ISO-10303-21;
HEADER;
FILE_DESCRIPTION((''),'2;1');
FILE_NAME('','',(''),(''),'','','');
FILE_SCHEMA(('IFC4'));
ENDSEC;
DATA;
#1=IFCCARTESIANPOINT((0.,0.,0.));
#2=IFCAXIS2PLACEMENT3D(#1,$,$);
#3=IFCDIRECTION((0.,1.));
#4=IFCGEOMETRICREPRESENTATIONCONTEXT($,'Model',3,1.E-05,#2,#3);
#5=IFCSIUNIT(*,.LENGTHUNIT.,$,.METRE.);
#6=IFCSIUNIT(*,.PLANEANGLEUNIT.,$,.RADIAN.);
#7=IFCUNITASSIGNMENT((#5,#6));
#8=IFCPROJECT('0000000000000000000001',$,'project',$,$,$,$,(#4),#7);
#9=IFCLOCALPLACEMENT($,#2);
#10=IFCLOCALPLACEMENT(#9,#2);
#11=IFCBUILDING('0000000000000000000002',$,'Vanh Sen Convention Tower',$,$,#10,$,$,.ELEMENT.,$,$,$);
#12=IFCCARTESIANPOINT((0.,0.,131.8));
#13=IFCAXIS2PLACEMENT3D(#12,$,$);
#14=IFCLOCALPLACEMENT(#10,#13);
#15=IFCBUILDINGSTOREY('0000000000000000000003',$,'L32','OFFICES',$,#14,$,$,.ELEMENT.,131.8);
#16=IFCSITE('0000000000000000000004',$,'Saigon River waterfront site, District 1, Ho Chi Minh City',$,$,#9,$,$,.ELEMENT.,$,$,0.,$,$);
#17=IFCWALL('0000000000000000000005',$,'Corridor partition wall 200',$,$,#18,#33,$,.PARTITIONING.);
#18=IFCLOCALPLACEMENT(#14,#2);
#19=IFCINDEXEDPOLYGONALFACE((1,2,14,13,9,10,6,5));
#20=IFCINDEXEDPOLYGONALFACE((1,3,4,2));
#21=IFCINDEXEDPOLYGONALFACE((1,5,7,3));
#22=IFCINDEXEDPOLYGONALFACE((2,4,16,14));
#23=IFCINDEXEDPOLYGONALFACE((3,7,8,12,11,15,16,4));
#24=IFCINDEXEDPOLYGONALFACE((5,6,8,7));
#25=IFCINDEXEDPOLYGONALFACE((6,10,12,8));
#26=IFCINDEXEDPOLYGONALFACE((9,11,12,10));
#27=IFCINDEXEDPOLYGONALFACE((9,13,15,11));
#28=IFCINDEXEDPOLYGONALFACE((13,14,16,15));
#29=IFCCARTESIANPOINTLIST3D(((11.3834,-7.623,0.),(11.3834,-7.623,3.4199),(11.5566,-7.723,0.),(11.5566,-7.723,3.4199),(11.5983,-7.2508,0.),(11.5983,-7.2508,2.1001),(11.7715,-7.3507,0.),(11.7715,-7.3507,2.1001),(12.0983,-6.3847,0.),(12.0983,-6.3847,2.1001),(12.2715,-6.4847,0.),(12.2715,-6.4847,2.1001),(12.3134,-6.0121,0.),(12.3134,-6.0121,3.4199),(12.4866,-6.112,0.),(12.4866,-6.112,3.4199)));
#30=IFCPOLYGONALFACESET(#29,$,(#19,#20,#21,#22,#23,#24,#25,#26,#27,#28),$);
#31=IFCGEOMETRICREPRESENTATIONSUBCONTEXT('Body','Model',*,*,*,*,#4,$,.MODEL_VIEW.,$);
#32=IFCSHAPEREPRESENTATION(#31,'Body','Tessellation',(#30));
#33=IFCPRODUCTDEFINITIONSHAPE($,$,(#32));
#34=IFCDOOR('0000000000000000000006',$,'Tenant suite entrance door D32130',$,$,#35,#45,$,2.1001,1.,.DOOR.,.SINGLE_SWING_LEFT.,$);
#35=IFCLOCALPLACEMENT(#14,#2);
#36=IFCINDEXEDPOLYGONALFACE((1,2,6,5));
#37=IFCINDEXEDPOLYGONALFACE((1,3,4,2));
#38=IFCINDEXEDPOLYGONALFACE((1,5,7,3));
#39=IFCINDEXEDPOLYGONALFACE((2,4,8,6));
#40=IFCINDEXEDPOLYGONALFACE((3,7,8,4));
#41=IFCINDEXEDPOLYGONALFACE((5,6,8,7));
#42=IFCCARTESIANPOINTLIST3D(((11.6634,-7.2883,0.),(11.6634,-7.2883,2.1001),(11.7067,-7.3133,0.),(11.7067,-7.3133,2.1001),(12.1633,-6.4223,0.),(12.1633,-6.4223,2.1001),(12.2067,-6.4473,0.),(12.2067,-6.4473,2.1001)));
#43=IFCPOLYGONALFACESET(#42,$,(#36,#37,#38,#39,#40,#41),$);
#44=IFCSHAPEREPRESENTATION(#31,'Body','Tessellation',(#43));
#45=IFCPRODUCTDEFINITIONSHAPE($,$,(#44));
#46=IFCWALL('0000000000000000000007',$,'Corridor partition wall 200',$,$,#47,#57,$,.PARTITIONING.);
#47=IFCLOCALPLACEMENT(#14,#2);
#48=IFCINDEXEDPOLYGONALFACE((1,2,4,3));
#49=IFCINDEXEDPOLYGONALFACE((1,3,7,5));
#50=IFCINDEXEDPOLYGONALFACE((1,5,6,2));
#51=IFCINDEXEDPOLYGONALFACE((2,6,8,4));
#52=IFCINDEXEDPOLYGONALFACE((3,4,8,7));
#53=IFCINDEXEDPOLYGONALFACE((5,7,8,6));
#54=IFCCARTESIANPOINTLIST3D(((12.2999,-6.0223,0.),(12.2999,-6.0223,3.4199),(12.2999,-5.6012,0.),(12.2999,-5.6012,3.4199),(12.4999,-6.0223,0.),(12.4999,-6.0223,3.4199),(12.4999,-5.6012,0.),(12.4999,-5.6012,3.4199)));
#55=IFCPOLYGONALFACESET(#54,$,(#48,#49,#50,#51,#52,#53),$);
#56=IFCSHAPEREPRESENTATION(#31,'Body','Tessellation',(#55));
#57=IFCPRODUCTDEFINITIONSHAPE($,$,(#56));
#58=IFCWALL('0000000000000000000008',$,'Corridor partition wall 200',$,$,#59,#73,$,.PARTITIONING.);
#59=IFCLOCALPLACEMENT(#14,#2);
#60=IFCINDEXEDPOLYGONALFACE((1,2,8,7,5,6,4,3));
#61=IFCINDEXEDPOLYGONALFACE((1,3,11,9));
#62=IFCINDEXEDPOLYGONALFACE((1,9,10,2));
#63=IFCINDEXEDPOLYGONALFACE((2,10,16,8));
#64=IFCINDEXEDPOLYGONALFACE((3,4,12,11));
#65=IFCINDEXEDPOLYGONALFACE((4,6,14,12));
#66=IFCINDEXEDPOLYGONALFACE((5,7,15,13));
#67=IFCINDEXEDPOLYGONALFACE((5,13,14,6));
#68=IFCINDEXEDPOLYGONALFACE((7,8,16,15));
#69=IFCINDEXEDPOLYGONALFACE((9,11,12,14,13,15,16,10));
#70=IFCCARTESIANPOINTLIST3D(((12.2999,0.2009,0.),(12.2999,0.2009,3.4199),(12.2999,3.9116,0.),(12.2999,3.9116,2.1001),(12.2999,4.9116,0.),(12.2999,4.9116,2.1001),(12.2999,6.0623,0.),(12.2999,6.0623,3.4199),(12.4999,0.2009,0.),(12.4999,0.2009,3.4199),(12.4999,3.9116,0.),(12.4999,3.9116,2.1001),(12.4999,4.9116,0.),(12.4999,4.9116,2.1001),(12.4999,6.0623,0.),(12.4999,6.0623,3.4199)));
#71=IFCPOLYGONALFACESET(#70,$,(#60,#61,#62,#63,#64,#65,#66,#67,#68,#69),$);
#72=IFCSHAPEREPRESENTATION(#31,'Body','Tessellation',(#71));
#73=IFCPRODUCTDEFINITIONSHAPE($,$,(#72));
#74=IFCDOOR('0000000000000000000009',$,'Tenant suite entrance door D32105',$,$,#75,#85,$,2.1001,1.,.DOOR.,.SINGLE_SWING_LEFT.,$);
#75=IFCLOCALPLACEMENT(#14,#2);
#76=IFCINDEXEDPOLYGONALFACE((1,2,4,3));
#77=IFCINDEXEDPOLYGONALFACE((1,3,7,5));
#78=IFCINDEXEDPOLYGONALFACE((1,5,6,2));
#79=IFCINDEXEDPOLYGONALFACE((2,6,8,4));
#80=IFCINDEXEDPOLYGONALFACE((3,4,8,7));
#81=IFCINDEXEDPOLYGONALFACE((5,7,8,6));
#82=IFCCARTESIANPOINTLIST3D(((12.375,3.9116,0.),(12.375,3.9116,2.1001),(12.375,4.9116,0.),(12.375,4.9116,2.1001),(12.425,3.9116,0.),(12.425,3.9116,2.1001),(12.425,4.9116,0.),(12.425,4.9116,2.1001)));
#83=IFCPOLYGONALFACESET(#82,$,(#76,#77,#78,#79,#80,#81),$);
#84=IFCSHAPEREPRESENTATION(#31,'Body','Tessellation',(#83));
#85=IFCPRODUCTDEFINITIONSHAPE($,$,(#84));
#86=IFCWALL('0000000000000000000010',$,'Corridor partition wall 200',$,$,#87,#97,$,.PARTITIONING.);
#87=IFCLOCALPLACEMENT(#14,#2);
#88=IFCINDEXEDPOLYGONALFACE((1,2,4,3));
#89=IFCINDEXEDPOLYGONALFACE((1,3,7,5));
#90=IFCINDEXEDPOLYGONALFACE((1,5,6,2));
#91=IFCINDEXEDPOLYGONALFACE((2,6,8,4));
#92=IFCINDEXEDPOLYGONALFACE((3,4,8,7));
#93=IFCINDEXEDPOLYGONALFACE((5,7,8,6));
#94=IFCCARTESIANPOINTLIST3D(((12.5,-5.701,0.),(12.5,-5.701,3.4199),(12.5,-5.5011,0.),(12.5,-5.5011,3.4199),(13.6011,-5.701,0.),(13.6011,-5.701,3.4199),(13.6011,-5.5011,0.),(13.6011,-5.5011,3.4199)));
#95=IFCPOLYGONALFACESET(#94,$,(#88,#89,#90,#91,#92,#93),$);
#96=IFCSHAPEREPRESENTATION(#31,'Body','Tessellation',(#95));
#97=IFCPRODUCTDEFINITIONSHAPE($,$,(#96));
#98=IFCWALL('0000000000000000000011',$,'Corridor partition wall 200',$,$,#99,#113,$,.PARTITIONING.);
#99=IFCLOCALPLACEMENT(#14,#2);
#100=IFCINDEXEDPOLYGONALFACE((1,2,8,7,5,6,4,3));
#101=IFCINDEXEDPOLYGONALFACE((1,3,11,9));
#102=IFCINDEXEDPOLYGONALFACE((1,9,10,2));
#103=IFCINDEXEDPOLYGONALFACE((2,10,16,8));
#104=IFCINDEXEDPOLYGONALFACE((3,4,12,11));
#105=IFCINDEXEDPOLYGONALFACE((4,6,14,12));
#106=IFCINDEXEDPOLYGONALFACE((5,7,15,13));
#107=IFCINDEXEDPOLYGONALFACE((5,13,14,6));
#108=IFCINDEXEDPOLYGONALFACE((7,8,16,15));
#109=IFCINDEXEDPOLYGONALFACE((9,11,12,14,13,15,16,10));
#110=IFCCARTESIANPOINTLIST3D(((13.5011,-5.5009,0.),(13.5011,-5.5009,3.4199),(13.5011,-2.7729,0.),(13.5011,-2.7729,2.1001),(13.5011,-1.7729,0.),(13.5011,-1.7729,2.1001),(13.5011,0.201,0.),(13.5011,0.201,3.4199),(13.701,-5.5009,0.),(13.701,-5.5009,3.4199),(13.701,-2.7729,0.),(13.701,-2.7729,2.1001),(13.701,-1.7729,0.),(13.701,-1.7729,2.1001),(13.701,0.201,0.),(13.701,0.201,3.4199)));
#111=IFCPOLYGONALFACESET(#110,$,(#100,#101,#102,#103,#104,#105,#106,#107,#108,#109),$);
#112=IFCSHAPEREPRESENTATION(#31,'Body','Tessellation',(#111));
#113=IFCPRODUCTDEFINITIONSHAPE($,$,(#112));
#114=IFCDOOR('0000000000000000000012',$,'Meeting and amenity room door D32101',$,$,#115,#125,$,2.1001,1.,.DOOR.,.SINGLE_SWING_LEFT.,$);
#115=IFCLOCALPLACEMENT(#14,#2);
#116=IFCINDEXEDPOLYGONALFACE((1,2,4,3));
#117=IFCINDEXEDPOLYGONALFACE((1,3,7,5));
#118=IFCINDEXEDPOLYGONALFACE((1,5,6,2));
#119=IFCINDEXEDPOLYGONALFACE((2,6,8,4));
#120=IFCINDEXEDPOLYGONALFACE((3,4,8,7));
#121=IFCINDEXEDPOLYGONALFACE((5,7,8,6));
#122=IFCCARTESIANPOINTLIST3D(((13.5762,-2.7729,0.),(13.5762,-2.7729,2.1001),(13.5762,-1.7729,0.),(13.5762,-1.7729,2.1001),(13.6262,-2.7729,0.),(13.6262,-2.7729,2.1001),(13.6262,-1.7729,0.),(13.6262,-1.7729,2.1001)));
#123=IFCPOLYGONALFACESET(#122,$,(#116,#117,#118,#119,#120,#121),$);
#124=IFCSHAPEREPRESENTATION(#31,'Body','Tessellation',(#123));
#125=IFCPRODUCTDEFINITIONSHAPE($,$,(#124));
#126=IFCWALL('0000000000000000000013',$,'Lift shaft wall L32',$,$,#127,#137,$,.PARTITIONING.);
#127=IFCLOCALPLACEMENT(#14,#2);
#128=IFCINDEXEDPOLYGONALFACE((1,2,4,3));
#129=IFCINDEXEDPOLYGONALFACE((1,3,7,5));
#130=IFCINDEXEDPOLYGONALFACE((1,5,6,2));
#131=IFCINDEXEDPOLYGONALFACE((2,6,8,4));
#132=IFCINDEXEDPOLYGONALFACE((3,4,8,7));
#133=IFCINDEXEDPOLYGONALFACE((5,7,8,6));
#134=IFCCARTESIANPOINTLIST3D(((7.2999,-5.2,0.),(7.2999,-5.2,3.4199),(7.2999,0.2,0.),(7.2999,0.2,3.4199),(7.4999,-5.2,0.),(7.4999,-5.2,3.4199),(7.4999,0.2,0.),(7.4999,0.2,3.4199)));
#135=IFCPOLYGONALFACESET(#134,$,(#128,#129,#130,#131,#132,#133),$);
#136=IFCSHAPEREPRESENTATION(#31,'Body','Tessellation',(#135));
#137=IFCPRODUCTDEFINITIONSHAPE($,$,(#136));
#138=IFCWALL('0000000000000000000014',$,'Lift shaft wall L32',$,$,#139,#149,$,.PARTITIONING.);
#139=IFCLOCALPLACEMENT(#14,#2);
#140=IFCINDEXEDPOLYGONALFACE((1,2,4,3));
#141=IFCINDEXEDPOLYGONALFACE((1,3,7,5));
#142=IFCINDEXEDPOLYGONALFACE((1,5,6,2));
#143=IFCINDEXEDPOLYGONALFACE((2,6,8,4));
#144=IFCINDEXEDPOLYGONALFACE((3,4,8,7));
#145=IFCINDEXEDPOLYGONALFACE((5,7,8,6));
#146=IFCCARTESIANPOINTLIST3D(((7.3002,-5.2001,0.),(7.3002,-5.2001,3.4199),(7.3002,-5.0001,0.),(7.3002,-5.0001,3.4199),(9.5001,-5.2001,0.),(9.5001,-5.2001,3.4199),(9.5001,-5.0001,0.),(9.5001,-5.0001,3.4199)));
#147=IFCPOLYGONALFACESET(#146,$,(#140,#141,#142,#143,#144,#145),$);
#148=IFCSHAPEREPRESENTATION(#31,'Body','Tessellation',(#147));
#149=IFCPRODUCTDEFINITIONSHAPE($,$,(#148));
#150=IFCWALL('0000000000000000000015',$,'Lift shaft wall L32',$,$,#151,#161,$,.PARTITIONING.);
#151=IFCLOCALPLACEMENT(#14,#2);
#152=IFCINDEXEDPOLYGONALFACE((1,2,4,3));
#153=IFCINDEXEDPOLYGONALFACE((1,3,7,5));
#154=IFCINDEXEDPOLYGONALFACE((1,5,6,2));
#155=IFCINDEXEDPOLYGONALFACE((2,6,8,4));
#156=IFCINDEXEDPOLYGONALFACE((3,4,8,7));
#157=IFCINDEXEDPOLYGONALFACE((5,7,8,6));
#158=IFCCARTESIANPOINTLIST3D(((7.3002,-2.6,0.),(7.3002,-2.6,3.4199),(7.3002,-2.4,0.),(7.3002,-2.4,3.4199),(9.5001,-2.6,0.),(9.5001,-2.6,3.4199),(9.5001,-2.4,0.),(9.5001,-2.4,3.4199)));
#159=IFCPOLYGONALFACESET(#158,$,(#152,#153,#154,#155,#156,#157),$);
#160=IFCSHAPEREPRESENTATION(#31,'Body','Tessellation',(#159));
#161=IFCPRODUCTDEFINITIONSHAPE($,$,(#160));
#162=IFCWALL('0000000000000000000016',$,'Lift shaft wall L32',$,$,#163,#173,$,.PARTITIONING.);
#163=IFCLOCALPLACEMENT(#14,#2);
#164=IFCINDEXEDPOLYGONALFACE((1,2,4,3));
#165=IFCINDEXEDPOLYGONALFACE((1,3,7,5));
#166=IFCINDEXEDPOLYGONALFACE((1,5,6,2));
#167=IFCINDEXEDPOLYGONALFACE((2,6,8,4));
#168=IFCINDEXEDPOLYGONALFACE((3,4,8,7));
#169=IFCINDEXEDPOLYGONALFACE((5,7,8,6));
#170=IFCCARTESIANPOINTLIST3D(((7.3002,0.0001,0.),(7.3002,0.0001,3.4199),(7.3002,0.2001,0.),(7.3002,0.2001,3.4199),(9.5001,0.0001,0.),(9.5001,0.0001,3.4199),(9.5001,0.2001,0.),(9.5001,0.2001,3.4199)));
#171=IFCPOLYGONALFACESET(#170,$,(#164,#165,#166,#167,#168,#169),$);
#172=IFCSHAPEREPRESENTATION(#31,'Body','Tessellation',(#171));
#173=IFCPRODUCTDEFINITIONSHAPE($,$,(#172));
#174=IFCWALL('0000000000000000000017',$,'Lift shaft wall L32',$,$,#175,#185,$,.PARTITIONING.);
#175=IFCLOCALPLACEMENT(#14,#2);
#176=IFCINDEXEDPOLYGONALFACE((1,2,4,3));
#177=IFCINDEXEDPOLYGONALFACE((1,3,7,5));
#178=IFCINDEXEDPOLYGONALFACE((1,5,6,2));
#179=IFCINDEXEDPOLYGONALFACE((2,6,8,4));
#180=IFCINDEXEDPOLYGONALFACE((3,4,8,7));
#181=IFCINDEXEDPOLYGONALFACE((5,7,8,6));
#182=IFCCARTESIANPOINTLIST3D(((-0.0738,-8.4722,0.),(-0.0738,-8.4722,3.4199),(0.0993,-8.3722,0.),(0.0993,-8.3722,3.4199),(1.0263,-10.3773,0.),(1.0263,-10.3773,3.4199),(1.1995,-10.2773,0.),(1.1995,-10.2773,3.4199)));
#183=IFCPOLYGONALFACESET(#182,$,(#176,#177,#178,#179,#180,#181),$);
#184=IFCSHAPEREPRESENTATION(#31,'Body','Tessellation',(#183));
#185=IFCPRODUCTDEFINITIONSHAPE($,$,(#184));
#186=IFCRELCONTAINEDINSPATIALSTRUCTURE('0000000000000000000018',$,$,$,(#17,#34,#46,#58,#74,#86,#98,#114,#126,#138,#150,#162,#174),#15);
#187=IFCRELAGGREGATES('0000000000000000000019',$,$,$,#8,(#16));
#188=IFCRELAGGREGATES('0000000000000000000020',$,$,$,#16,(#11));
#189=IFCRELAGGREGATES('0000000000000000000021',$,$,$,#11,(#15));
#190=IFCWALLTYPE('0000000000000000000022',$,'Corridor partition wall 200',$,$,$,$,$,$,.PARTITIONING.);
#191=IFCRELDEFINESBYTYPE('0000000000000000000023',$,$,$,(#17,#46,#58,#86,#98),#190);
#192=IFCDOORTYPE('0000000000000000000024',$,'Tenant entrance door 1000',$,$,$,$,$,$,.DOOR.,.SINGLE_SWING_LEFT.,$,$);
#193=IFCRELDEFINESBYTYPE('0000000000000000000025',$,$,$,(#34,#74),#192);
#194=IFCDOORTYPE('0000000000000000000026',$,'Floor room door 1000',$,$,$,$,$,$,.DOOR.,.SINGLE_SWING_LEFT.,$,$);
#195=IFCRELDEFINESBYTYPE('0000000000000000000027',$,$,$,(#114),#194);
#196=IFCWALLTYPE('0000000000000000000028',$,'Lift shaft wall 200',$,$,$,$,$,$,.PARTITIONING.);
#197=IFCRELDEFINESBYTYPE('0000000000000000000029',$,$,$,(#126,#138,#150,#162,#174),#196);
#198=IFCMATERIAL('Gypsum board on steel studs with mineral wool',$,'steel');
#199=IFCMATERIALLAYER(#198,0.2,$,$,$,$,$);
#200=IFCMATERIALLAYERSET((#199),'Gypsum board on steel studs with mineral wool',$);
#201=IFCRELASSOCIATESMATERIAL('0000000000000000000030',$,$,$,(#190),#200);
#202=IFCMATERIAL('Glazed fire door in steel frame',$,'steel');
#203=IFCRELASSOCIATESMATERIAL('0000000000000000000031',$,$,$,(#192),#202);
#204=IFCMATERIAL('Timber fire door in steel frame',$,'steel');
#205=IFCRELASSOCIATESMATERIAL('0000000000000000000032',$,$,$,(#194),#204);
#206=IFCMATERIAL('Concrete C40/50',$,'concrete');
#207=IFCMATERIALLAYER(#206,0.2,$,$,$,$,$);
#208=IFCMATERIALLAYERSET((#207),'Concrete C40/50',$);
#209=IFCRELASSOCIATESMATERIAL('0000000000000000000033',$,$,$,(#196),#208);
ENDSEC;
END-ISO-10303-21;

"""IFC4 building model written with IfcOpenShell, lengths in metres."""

from ifc_helpers import new_model, si_unit, direction, frame, frame_2d, origin, place, context, subcontext, project, spatial, rectangle, extrude, material, layer, layer_set, type_object, element, fill, save


model = new_model("IFC4")

# Units and contexts
model_context = context("Model", 3, precision=1e-05, world=origin(), true_north=direction((0.0, 1.0)))
body_context = subcontext(model_context, "Body", "Model", "MODEL_VIEW")
ifc_project = project(units=[si_unit("LENGTHUNIT", "METRE"), si_unit("PLANEANGLEUNIT", "RADIAN")], contexts=[model_context])

# Site, building, storey
site_placement = place(None, origin())
site = spatial("IfcSite", under=ifc_project, at=site_placement, Name="Saigon River waterfront site, District 1, Ho Chi Minh City", CompositionType="ELEMENT", RefElevation=0.0)
building_placement = place(site_placement, origin())
building = spatial("IfcBuilding", under=site, at=building_placement, Name="Vanh Sen Convention Tower", CompositionType="ELEMENT")
storey_placement = place(building_placement, frame((0.0, 0.0, 131.8)))
storey = spatial("IfcBuildingStorey", under=building, at=storey_placement, Name="L32", Description="OFFICES", CompositionType="ELEMENT", Elevation=131.8)

# Shared definitions
ifc_material_1 = material(Name="Gypsum board on steel studs with mineral wool", Category="steel")
ifc_layer_1 = layer(ifc_material_1, 0.2)
ifc_layer_set_1 = layer_set([ifc_layer_1], Name="Gypsum board on steel studs with mineral wool")
wall_type_1 = type_object("IfcWallType", Name="Corridor partition wall 200", PredefinedType="PARTITIONING", material=ifc_layer_set_1)

# Shared definitions
ifc_material_2 = material(Name="Glazed fire door in steel frame", Category="steel")
door_type_1 = type_object("IfcDoorType", Name="Tenant entrance door 1000", OperationType="SINGLE_SWING_LEFT", PredefinedType="DOOR", material=ifc_material_2)

# Wall, opening, door
wall_1_placement = place(storey_placement, frame((11.47, -7.6731, 0.0), z_axis=(0.0, 0.0, 1.0), x_axis=(0.499965, 0.866046, 0.0)))
wall_1 = element("IfcWall", 1, at=wall_1_placement, inside=storey, type_object=wall_type_1, Name="Corridor partition wall 200", PredefinedType="PARTITIONING", context=body_context, shape_type="SweptSolid", body=[
    extrude(rectangle(XDim=1.8601, YDim=0.2, at=frame_2d((0.9302, 0.0))), origin(), (0.0, 0.0, 1.0), 3.4199),
])
opening_1_placement = place(wall_1_placement, frame((0.4299, 0.0, 0.0)))
opening_1 = element("IfcOpeningElement", 2, at=opening_1_placement, cuts=wall_1, PredefinedType="OPENING", context=body_context, shape_type="SweptSolid", body=[
    extrude(rectangle(XDim=1.0, YDim=2.1001, at=frame_2d((0.5, 1.05))), frame((0.0, 0.1099, 0.0), z_axis=(0.0, -1.0, 0.0), x_axis=(1.0, 0.0, 0.0)), (0.0, 0.0, 1.0), 0.22),
])
door_1_placement = place(opening_1_placement, origin())
door_1 = element("IfcDoor", 3, at=door_1_placement, inside=storey, type_object=door_type_1, Name="Tenant suite entrance door D32130", OperationType="SINGLE_SWING_LEFT", OverallHeight=2.1001, OverallWidth=1.0, PredefinedType="DOOR", context=body_context, shape_type="SweptSolid", body=[
    extrude(rectangle(XDim=1.0, YDim=2.1001, at=frame_2d((0.5, 1.05))), frame((0.0, 0.0249, 0.0), z_axis=(0.0, -1.0, 0.0), x_axis=(1.0, 0.0, 0.0)), (0.0, 0.0, 1.0), 0.05),
])
fill(opening_1, door_1)

# Wall
wall_2_placement = place(storey_placement, frame((12.3999, -6.0222, 0.0), z_axis=(0.0, 0.0, 1.0), x_axis=(0.0, 1.0, 0.0)))
element("IfcWall", 4, at=wall_2_placement, inside=storey, type_object=wall_type_1, Name="Corridor partition wall 200", PredefinedType="PARTITIONING", context=body_context, shape_type="SweptSolid", body=[
    extrude(rectangle(XDim=0.4211, YDim=0.2, at=frame_2d((0.2104, 0.0))), origin(), (0.0, 0.0, 1.0), 3.4199),
])

# Wall, opening, door
wall_3_placement = place(storey_placement, frame((12.3999, 0.2009, 0.0), z_axis=(0.0, 0.0, 1.0), x_axis=(0.0, 1.0, 0.0)))
wall_3 = element("IfcWall", 5, at=wall_3_placement, inside=storey, type_object=wall_type_1, Name="Corridor partition wall 200", PredefinedType="PARTITIONING", context=body_context, shape_type="SweptSolid", body=[
    extrude(rectangle(XDim=5.8613, YDim=0.2, at=frame_2d((2.9307, 0.0))), origin(), (0.0, 0.0, 1.0), 3.4199),
])
opening_2_placement = place(wall_3_placement, frame((3.7107, 0.0, 0.0)))
opening_2 = element("IfcOpeningElement", 6, at=opening_2_placement, cuts=wall_3, PredefinedType="OPENING", context=body_context, shape_type="SweptSolid", body=[
    extrude(rectangle(XDim=1.0, YDim=2.1001, at=frame_2d((0.5, 1.05))), frame((0.0, 0.1099, 0.0), z_axis=(0.0, -1.0, 0.0), x_axis=(1.0, 0.0, 0.0)), (0.0, 0.0, 1.0), 0.22),
])
door_2_placement = place(opening_2_placement, origin())
door_2 = element("IfcDoor", 7, at=door_2_placement, inside=storey, type_object=door_type_1, Name="Tenant suite entrance door D32105", OperationType="SINGLE_SWING_LEFT", OverallHeight=2.1001, OverallWidth=1.0, PredefinedType="DOOR", context=body_context, shape_type="SweptSolid", body=[
    extrude(rectangle(XDim=1.0, YDim=2.1001, at=frame_2d((0.5, 1.05))), frame((0.0, 0.0249, 0.0), z_axis=(0.0, -1.0, 0.0), x_axis=(1.0, 0.0, 0.0)), (0.0, 0.0, 1.0), 0.05),
])
fill(opening_2, door_2)

# Wall
wall_4_placement = place(storey_placement, frame((12.5, -5.6011, 0.0), z_axis=(0.0, 0.0, 1.0), x_axis=(1.0, 0.0, 0.0)))
element("IfcWall", 8, at=wall_4_placement, inside=storey, type_object=wall_type_1, Name="Corridor partition wall 200", PredefinedType="PARTITIONING", context=body_context, shape_type="SweptSolid", body=[
    extrude(rectangle(XDim=1.1011, YDim=0.2, at=frame_2d((0.5505, 0.0))), origin(), (0.0, 0.0, 1.0), 3.4199),
])

# Wall, opening, door
wall_5_placement = place(storey_placement, frame((13.6011, -5.501, 0.0), z_axis=(0.0, 0.0, 1.0), x_axis=(0.0, 1.0, 0.0)))
wall_5 = element("IfcWall", 9, at=wall_5_placement, inside=storey, type_object=wall_type_1, Name="Corridor partition wall 200", PredefinedType="PARTITIONING", context=body_context, shape_type="SweptSolid", body=[
    extrude(rectangle(XDim=5.7019, YDim=0.2, at=frame_2d((2.8511, 0.0))), origin(), (0.0, 0.0, 1.0), 3.4199),
])
opening_3_placement = place(wall_5_placement, frame((2.728, 0.0, 0.0)))
opening_3 = element("IfcOpeningElement", 10, at=opening_3_placement, cuts=wall_5, PredefinedType="OPENING", context=body_context, shape_type="SweptSolid", body=[
    extrude(rectangle(XDim=1.0, YDim=2.1001, at=frame_2d((0.5, 1.05))), frame((0.0, 0.1099, 0.0), z_axis=(0.0, -1.0, 0.0), x_axis=(1.0, 0.0, 0.0)), (0.0, 0.0, 1.0), 0.22),
])
ifc_material_3 = material(Name="Timber fire door in steel frame", Category="steel")
door_type_2 = type_object("IfcDoorType", Name="Floor room door 1000", OperationType="SINGLE_SWING_LEFT", PredefinedType="DOOR", material=ifc_material_3)
door_3_placement = place(opening_3_placement, origin())
door_3 = element("IfcDoor", 11, at=door_3_placement, inside=storey, type_object=door_type_2, Name="Meeting and amenity room door D32101", OperationType="SINGLE_SWING_LEFT", OverallHeight=2.1001, OverallWidth=1.0, PredefinedType="DOOR", context=body_context, shape_type="SweptSolid", body=[
    extrude(rectangle(XDim=1.0, YDim=2.1001, at=frame_2d((0.5, 1.05))), frame((0.0, 0.0249, 0.0), z_axis=(0.0, -1.0, 0.0), x_axis=(1.0, 0.0, 0.0)), (0.0, 0.0, 1.0), 0.05),
])
fill(opening_3, door_3)

# Walls
ifc_material_4 = material(Name="Concrete C40/50", Category="concrete")
ifc_layer_2 = layer(ifc_material_4, 0.2)
ifc_layer_set_2 = layer_set([ifc_layer_2], Name="Concrete C40/50")
wall_type_2 = type_object("IfcWallType", Name="Lift shaft wall 200", PredefinedType="PARTITIONING", material=ifc_layer_set_2)
wall_6_placement = place(storey_placement, frame((7.3999, -5.2, 0.0), z_axis=(0.0, 0.0, 1.0), x_axis=(0.0, 1.0, 0.0)))
element("IfcWall", 12, at=wall_6_placement, inside=storey, type_object=wall_type_2, Name="Lift shaft wall L32", PredefinedType="PARTITIONING", context=body_context, shape_type="SweptSolid", body=[
    extrude(rectangle(XDim=5.3999, YDim=0.2, at=frame_2d((2.7, 0.0))), origin(), (0.0, 0.0, 1.0), 3.4199),
])
for number, where, z_axis, x_axis, name in (
    (13, (7.3, -5.1001, 0.0), (0.0, 0.0, 1.0), (1.0, 0.0, 0.0), "Lift shaft wall L32"),
    (14, (7.3, -2.5, 0.0), (0.0, 0.0, 1.0), (1.0, 0.0, 0.0), "Lift shaft wall L32"),
    (15, (7.3, 0.1001, 0.0), (0.0, 0.0, 1.0), (1.0, 0.0, 0.0), "Lift shaft wall L32"),
    (16, (0.0127, -8.4221, 0.0), (0.0, 0.0, 1.0), (0.500078, -0.86598, 0.0), "Lift shaft wall L32"),
):
    element("IfcWall", number, at=place(storey_placement, frame(where, z_axis=z_axis, x_axis=x_axis)), inside=storey, type_object=wall_type_2, Name=name, PredefinedType="PARTITIONING", context=body_context, shape_type="SweptSolid", body=[
        extrude(rectangle(XDim=2.2, YDim=0.2, at=frame_2d((1.1001, 0.0))), origin(), (0.0, 0.0, 1.0), 3.4199),
    ])

save(model, "model.ifc")
